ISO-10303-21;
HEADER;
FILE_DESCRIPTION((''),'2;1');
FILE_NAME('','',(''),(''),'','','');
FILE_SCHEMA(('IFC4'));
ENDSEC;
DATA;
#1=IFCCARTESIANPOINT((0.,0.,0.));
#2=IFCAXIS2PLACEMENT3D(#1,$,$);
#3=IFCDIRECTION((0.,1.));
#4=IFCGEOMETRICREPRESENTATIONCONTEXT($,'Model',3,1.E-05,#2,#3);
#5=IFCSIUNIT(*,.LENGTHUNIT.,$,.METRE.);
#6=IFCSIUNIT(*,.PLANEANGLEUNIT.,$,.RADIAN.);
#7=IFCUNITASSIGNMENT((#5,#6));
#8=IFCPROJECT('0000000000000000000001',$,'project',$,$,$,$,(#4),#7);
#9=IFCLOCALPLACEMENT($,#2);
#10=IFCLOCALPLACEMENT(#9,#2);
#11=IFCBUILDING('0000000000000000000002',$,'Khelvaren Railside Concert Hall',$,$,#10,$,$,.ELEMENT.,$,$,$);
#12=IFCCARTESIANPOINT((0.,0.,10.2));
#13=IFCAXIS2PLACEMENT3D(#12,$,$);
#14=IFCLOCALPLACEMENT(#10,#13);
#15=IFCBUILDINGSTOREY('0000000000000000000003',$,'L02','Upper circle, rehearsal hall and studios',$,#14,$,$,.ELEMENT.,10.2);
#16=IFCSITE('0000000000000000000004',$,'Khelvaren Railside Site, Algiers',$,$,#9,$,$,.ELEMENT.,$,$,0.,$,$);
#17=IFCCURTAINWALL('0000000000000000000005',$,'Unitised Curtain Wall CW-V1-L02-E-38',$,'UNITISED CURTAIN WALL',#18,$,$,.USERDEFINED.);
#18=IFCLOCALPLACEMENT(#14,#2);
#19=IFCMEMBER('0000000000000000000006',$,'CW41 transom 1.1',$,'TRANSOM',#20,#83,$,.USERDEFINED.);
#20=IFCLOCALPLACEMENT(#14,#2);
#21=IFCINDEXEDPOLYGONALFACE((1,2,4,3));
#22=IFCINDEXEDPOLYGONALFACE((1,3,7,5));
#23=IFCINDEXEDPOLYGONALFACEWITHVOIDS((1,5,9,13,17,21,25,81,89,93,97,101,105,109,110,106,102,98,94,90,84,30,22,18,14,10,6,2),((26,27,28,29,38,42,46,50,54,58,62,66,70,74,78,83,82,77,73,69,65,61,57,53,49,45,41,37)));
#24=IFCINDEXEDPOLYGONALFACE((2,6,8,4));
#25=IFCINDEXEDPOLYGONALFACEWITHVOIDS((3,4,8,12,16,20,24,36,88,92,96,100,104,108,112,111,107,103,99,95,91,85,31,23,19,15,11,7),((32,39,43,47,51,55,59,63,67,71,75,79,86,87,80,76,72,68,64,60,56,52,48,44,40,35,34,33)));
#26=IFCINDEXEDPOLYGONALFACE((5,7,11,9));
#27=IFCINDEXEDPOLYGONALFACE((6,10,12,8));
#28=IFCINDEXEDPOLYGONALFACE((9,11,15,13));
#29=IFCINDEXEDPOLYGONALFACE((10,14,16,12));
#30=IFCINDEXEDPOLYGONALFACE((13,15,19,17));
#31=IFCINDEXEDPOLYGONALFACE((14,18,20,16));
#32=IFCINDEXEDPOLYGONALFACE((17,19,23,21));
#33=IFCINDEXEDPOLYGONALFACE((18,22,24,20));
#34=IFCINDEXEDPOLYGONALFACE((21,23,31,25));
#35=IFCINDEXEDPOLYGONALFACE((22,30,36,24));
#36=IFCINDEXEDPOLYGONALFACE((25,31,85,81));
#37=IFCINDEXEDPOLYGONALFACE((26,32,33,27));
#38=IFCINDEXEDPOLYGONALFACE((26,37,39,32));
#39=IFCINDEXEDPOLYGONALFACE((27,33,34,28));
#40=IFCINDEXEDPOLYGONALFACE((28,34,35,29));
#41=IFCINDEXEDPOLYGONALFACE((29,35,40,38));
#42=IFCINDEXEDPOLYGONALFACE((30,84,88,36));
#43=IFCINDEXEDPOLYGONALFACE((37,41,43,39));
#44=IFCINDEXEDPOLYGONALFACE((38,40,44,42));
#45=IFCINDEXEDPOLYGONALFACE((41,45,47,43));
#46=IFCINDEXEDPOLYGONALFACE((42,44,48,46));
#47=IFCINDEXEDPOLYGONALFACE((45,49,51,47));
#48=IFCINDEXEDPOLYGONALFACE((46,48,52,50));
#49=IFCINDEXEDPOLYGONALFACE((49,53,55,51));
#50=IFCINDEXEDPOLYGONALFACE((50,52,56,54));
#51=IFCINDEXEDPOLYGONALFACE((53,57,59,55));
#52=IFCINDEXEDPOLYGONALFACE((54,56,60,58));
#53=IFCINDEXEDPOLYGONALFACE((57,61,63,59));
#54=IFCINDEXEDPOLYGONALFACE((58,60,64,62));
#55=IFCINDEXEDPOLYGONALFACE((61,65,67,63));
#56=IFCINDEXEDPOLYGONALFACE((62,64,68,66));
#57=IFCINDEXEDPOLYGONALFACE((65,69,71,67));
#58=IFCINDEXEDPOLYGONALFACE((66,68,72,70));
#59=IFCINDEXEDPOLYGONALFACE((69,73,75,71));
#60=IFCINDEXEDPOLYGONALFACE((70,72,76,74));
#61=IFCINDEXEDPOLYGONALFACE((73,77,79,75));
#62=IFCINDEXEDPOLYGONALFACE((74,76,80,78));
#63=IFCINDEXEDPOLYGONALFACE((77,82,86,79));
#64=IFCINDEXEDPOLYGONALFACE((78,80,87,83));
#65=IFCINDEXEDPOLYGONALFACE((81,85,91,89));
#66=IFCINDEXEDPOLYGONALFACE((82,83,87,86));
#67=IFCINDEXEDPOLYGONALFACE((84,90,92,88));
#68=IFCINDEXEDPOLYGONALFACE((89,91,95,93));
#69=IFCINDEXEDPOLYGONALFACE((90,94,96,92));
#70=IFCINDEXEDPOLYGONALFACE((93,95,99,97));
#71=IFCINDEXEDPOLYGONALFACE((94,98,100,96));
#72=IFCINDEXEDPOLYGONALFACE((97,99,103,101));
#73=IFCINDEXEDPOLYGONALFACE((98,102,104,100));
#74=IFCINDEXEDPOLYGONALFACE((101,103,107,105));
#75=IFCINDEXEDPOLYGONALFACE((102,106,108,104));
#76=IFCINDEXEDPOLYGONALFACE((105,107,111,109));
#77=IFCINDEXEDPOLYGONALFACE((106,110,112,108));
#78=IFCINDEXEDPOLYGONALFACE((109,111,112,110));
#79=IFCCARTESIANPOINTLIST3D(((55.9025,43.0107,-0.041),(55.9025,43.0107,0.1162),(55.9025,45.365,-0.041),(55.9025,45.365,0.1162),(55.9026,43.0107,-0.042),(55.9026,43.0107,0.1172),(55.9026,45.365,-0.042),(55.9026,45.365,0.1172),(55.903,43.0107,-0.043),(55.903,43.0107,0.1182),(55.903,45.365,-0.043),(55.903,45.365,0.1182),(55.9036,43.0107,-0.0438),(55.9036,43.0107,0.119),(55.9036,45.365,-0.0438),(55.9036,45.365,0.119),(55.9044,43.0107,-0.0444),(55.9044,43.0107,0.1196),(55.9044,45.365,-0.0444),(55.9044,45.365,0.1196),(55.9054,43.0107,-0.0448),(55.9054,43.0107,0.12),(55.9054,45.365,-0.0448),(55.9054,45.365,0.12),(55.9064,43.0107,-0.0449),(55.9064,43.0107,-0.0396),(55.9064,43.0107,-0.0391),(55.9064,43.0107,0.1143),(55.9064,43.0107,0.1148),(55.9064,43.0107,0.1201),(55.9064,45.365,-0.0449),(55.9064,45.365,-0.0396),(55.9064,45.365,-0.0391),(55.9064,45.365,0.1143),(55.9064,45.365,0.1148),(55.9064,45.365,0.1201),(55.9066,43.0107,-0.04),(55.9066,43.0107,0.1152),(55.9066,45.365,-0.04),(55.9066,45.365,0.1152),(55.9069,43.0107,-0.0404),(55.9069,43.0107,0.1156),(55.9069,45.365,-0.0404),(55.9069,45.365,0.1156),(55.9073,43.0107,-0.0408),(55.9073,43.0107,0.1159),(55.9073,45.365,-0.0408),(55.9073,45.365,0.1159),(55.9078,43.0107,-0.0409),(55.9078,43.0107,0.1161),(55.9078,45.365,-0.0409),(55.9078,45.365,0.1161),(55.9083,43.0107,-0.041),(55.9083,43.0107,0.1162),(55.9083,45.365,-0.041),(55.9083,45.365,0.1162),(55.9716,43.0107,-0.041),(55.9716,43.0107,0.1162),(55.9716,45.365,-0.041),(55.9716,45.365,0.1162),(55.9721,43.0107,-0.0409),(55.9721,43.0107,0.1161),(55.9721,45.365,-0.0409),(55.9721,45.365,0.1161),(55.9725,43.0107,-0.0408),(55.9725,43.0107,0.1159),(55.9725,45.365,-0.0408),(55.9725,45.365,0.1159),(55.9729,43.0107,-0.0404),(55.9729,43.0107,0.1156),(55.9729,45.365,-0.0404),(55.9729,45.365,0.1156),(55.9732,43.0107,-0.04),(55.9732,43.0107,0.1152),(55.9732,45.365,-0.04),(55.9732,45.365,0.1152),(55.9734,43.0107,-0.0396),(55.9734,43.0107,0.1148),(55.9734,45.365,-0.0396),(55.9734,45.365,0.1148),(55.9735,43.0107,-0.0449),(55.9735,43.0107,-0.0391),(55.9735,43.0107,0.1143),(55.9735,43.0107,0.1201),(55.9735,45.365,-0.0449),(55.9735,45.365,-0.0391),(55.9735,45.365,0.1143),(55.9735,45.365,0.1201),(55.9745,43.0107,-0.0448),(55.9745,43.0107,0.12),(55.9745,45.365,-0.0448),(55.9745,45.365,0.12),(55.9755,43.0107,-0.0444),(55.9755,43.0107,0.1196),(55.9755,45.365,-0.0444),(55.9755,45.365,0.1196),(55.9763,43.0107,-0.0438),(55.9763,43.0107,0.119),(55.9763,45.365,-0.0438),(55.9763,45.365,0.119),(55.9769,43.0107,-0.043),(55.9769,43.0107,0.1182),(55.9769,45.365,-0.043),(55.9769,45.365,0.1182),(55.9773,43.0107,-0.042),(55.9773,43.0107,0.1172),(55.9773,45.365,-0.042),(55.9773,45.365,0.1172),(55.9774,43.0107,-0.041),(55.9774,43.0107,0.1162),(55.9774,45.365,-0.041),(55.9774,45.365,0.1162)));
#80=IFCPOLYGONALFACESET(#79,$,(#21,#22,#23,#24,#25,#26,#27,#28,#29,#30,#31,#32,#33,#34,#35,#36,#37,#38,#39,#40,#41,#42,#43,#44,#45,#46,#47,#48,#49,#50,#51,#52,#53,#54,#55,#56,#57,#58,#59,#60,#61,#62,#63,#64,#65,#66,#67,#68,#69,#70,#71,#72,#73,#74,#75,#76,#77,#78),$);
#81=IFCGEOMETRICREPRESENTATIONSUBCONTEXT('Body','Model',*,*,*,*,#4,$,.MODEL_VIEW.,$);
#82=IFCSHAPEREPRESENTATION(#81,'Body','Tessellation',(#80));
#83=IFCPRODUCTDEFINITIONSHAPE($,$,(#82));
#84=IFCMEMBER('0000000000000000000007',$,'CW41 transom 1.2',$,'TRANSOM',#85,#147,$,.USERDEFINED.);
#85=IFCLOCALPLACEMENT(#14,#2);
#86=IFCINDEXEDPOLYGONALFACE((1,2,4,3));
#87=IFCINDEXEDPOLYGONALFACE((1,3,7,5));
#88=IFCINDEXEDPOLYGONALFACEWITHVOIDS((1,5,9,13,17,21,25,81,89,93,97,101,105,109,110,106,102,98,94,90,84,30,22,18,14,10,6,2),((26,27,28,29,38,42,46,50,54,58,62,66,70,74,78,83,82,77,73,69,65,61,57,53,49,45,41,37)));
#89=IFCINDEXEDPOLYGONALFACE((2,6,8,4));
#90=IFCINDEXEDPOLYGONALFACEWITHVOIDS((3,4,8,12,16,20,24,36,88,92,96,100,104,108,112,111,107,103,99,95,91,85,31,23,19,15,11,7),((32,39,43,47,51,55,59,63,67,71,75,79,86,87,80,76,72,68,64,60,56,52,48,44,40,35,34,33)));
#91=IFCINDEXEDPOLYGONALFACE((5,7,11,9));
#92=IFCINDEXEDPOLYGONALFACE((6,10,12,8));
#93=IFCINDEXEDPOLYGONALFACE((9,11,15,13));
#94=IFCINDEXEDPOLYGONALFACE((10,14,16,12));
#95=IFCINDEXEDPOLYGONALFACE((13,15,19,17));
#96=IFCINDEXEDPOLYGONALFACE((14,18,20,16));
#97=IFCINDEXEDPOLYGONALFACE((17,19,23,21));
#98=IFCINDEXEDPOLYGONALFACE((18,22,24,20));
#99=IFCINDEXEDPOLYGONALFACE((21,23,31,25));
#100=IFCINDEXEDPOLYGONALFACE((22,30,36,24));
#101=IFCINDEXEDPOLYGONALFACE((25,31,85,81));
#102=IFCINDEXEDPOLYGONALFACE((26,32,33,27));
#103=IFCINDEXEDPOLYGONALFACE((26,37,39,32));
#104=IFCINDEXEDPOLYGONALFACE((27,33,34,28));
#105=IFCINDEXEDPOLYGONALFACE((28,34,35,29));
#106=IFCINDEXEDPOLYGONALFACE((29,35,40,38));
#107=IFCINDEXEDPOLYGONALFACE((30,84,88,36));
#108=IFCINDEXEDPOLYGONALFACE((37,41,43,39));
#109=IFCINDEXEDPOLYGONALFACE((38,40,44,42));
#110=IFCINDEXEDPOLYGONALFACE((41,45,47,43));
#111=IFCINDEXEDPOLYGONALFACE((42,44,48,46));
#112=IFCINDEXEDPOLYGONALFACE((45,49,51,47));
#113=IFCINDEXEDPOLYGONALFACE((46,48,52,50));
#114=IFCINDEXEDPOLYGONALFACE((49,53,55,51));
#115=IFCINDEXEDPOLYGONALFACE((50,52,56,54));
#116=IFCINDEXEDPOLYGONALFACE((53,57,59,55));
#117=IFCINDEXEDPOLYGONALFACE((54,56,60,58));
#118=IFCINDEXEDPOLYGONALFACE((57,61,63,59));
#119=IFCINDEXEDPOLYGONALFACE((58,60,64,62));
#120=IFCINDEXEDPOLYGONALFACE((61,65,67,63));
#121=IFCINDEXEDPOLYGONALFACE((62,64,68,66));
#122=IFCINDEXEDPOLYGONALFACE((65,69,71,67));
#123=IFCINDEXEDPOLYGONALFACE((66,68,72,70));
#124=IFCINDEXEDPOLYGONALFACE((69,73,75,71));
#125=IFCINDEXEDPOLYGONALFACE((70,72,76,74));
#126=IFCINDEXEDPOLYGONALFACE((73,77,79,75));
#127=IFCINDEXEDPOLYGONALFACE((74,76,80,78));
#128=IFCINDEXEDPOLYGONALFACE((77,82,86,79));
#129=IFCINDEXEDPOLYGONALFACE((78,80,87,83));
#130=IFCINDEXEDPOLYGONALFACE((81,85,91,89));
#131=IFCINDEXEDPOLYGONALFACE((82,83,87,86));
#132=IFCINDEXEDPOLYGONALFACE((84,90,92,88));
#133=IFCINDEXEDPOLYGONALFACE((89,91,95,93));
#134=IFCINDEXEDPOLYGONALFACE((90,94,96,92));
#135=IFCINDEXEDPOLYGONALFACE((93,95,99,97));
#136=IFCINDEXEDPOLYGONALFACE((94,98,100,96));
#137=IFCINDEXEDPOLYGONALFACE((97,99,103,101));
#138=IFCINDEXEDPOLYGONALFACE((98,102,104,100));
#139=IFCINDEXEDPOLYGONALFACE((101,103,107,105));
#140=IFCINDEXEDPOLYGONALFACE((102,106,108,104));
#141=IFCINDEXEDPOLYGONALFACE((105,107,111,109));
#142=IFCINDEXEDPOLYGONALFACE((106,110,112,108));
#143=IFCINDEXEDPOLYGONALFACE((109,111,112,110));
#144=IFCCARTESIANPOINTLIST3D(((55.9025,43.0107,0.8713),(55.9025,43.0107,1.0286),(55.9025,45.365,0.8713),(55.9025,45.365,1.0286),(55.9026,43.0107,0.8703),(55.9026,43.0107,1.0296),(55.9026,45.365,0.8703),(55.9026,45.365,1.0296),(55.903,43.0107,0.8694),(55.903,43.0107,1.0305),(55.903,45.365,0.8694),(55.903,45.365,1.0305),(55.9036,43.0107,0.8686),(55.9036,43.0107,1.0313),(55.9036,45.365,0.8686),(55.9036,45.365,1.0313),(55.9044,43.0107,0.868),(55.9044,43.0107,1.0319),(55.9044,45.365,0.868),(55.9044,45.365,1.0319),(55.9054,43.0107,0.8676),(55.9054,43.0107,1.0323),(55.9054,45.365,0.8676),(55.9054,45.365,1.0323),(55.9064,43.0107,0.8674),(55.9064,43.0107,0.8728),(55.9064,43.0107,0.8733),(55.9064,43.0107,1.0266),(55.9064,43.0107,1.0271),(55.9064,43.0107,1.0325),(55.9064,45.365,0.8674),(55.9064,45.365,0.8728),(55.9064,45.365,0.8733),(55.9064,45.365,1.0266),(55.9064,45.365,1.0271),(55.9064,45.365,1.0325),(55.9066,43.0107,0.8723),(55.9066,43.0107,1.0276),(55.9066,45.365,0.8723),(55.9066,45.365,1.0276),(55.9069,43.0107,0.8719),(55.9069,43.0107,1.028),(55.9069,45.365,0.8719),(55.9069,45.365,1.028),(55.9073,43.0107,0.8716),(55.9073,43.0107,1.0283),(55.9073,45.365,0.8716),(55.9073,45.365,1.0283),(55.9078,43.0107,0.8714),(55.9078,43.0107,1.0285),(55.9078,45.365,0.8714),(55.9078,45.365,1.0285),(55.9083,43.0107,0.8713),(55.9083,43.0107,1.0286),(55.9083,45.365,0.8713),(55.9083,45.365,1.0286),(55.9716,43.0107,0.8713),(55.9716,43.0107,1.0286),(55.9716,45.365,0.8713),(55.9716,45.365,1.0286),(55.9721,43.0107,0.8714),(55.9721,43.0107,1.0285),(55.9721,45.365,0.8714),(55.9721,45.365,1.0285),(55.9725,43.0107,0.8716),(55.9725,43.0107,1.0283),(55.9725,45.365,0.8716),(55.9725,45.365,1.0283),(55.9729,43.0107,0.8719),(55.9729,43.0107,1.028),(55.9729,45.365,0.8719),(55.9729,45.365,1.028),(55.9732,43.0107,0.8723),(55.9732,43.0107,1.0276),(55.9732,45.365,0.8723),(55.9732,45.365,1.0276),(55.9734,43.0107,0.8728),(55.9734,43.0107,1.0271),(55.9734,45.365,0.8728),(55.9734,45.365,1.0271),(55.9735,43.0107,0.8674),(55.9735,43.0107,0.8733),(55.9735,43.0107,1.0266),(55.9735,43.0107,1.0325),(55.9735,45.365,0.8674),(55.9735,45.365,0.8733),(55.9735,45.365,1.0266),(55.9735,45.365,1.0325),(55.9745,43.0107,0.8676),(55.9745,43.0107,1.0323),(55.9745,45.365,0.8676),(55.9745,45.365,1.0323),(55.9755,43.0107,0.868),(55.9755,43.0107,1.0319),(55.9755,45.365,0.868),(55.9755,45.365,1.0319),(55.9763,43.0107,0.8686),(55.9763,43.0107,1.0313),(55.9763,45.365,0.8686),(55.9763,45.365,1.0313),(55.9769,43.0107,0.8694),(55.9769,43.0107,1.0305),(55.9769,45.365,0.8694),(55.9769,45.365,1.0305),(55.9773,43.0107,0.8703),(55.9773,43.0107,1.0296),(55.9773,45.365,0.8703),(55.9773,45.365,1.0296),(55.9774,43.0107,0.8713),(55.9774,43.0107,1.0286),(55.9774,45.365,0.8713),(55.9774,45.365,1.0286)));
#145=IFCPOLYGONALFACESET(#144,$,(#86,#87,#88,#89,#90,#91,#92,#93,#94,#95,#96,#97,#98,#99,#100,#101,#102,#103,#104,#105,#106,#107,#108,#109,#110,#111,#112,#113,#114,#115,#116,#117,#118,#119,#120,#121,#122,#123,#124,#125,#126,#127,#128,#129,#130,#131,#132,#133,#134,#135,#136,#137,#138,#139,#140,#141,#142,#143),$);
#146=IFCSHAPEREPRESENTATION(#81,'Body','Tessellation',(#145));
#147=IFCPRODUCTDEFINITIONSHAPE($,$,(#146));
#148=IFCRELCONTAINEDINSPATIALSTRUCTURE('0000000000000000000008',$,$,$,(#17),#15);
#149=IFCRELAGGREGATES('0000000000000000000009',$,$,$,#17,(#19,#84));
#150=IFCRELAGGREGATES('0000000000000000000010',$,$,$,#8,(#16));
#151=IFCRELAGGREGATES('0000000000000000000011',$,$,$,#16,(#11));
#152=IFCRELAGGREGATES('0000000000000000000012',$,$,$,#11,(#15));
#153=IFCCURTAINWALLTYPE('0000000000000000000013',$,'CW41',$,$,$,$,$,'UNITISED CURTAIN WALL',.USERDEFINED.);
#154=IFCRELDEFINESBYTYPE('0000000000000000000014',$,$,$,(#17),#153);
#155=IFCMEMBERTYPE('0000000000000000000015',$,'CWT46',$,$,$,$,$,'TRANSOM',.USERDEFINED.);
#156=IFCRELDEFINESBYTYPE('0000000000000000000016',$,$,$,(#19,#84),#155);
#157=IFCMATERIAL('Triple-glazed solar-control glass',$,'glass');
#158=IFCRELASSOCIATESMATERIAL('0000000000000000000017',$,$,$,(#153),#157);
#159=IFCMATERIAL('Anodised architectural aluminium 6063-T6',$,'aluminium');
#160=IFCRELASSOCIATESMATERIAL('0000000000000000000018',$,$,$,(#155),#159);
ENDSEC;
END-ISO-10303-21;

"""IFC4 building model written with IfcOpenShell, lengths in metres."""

from ifc_helpers import new_model, si_unit, direction, frame, origin, origin_2d, place, context, subcontext, project, spatial, hollow_rectangle, extrude, material, material_profile, profile_set, type_object, element, aggregate, save


model = new_model("IFC4")

# Units and contexts
model_context = context("Model", 3, precision=1e-05, world=origin(), true_north=direction((0.0, 1.0)))
body_context = subcontext(model_context, "Body", "Model", "MODEL_VIEW")
ifc_project = project(units=[si_unit("LENGTHUNIT", "METRE"), si_unit("PLANEANGLEUNIT", "RADIAN")], contexts=[model_context])

# Site, building, storey
site_placement = place(None, origin())
site = spatial("IfcSite", under=ifc_project, at=site_placement, Name="Khelvaren Railside Site, Algiers", CompositionType="ELEMENT", RefElevation=0.0)
building_placement = place(site_placement, origin())
building = spatial("IfcBuilding", under=site, at=building_placement, Name="Khelvaren Railside Concert Hall", CompositionType="ELEMENT")
storey_placement = place(building_placement, frame((0.0, 0.0, 10.2)))
storey = spatial("IfcBuildingStorey", under=building, at=storey_placement, Name="L02", Description="Upper circle, rehearsal hall and studios", CompositionType="ELEMENT", Elevation=10.2)

# Curtain wall, members
ifc_material_1 = material(Name="Triple-glazed solar-control glass", Category="glass")
curtain_wall_type = type_object("IfcCurtainWallType", Name="CW41", ElementType="UNITISED CURTAIN WALL", PredefinedType="USERDEFINED", material=ifc_material_1)
curtain_wall_placement = place(storey_placement, origin())
curtain_wall = element("IfcCurtainWall", 1, at=curtain_wall_placement, inside=storey, type_object=curtain_wall_type, Name="Unitised Curtain Wall CW-V1-L02-E-38", ObjectType="UNITISED CURTAIN WALL", PredefinedType="USERDEFINED")
ifc_material_2 = material(Name="Anodised architectural aluminium 6063-T6", Category="aluminium")
ifc_material_profile_1 = material_profile(ifc_material_2, hollow_rectangle(XDim=0.075, YDim=0.165, WallThickness=0.0039, InnerFilletRadius=0.002, OuterFilletRadius=0.0039, at=origin_2d()), Name="CWT 75x165x4")
ifc_profile_set_1 = profile_set([ifc_material_profile_1], Name="Anodised architectural aluminium 6063-T6")
member_type_1 = type_object("IfcMemberType", Name="CWT46", ElementType="TRANSOM", PredefinedType="USERDEFINED", material=ifc_profile_set_1)
member_1_placement = place(storey_placement, frame((55.9399, 45.365, 0.0376), z_axis=(0.0, -1.0, 0.0), x_axis=(1.0, 0.0, 0.0)))
member_1 = element("IfcMember", 2, at=member_1_placement, type_object=member_type_1, Name="CW41 transom 1.1", ObjectType="TRANSOM", PredefinedType="USERDEFINED", context=body_context, shape_type="SweptSolid", body=[
    extrude(hollow_rectangle(XDim=0.075, YDim=0.165, WallThickness=0.0039, InnerFilletRadius=0.002, OuterFilletRadius=0.0039, at=origin_2d()), origin(), (0.0, 0.0, 1.0), 2.3542),
])
member_2_placement = place(storey_placement, frame((55.9399, 45.365, 0.95), z_axis=(0.0, -1.0, 0.0), x_axis=(1.0, 0.0, 0.0)))
member_2 = element("IfcMember", 3, at=member_2_placement, type_object=member_type_1, Name="CW41 transom 1.2", ObjectType="TRANSOM", PredefinedType="USERDEFINED", context=body_context, shape_type="SweptSolid", body=[
    extrude(hollow_rectangle(XDim=0.075, YDim=0.165, WallThickness=0.0039, InnerFilletRadius=0.002, OuterFilletRadius=0.0039, at=origin_2d()), origin(), (0.0, 0.0, 1.0), 2.3542),
])
aggregate(curtain_wall, [member_1, member_2])

save(model, "model.ifc")
